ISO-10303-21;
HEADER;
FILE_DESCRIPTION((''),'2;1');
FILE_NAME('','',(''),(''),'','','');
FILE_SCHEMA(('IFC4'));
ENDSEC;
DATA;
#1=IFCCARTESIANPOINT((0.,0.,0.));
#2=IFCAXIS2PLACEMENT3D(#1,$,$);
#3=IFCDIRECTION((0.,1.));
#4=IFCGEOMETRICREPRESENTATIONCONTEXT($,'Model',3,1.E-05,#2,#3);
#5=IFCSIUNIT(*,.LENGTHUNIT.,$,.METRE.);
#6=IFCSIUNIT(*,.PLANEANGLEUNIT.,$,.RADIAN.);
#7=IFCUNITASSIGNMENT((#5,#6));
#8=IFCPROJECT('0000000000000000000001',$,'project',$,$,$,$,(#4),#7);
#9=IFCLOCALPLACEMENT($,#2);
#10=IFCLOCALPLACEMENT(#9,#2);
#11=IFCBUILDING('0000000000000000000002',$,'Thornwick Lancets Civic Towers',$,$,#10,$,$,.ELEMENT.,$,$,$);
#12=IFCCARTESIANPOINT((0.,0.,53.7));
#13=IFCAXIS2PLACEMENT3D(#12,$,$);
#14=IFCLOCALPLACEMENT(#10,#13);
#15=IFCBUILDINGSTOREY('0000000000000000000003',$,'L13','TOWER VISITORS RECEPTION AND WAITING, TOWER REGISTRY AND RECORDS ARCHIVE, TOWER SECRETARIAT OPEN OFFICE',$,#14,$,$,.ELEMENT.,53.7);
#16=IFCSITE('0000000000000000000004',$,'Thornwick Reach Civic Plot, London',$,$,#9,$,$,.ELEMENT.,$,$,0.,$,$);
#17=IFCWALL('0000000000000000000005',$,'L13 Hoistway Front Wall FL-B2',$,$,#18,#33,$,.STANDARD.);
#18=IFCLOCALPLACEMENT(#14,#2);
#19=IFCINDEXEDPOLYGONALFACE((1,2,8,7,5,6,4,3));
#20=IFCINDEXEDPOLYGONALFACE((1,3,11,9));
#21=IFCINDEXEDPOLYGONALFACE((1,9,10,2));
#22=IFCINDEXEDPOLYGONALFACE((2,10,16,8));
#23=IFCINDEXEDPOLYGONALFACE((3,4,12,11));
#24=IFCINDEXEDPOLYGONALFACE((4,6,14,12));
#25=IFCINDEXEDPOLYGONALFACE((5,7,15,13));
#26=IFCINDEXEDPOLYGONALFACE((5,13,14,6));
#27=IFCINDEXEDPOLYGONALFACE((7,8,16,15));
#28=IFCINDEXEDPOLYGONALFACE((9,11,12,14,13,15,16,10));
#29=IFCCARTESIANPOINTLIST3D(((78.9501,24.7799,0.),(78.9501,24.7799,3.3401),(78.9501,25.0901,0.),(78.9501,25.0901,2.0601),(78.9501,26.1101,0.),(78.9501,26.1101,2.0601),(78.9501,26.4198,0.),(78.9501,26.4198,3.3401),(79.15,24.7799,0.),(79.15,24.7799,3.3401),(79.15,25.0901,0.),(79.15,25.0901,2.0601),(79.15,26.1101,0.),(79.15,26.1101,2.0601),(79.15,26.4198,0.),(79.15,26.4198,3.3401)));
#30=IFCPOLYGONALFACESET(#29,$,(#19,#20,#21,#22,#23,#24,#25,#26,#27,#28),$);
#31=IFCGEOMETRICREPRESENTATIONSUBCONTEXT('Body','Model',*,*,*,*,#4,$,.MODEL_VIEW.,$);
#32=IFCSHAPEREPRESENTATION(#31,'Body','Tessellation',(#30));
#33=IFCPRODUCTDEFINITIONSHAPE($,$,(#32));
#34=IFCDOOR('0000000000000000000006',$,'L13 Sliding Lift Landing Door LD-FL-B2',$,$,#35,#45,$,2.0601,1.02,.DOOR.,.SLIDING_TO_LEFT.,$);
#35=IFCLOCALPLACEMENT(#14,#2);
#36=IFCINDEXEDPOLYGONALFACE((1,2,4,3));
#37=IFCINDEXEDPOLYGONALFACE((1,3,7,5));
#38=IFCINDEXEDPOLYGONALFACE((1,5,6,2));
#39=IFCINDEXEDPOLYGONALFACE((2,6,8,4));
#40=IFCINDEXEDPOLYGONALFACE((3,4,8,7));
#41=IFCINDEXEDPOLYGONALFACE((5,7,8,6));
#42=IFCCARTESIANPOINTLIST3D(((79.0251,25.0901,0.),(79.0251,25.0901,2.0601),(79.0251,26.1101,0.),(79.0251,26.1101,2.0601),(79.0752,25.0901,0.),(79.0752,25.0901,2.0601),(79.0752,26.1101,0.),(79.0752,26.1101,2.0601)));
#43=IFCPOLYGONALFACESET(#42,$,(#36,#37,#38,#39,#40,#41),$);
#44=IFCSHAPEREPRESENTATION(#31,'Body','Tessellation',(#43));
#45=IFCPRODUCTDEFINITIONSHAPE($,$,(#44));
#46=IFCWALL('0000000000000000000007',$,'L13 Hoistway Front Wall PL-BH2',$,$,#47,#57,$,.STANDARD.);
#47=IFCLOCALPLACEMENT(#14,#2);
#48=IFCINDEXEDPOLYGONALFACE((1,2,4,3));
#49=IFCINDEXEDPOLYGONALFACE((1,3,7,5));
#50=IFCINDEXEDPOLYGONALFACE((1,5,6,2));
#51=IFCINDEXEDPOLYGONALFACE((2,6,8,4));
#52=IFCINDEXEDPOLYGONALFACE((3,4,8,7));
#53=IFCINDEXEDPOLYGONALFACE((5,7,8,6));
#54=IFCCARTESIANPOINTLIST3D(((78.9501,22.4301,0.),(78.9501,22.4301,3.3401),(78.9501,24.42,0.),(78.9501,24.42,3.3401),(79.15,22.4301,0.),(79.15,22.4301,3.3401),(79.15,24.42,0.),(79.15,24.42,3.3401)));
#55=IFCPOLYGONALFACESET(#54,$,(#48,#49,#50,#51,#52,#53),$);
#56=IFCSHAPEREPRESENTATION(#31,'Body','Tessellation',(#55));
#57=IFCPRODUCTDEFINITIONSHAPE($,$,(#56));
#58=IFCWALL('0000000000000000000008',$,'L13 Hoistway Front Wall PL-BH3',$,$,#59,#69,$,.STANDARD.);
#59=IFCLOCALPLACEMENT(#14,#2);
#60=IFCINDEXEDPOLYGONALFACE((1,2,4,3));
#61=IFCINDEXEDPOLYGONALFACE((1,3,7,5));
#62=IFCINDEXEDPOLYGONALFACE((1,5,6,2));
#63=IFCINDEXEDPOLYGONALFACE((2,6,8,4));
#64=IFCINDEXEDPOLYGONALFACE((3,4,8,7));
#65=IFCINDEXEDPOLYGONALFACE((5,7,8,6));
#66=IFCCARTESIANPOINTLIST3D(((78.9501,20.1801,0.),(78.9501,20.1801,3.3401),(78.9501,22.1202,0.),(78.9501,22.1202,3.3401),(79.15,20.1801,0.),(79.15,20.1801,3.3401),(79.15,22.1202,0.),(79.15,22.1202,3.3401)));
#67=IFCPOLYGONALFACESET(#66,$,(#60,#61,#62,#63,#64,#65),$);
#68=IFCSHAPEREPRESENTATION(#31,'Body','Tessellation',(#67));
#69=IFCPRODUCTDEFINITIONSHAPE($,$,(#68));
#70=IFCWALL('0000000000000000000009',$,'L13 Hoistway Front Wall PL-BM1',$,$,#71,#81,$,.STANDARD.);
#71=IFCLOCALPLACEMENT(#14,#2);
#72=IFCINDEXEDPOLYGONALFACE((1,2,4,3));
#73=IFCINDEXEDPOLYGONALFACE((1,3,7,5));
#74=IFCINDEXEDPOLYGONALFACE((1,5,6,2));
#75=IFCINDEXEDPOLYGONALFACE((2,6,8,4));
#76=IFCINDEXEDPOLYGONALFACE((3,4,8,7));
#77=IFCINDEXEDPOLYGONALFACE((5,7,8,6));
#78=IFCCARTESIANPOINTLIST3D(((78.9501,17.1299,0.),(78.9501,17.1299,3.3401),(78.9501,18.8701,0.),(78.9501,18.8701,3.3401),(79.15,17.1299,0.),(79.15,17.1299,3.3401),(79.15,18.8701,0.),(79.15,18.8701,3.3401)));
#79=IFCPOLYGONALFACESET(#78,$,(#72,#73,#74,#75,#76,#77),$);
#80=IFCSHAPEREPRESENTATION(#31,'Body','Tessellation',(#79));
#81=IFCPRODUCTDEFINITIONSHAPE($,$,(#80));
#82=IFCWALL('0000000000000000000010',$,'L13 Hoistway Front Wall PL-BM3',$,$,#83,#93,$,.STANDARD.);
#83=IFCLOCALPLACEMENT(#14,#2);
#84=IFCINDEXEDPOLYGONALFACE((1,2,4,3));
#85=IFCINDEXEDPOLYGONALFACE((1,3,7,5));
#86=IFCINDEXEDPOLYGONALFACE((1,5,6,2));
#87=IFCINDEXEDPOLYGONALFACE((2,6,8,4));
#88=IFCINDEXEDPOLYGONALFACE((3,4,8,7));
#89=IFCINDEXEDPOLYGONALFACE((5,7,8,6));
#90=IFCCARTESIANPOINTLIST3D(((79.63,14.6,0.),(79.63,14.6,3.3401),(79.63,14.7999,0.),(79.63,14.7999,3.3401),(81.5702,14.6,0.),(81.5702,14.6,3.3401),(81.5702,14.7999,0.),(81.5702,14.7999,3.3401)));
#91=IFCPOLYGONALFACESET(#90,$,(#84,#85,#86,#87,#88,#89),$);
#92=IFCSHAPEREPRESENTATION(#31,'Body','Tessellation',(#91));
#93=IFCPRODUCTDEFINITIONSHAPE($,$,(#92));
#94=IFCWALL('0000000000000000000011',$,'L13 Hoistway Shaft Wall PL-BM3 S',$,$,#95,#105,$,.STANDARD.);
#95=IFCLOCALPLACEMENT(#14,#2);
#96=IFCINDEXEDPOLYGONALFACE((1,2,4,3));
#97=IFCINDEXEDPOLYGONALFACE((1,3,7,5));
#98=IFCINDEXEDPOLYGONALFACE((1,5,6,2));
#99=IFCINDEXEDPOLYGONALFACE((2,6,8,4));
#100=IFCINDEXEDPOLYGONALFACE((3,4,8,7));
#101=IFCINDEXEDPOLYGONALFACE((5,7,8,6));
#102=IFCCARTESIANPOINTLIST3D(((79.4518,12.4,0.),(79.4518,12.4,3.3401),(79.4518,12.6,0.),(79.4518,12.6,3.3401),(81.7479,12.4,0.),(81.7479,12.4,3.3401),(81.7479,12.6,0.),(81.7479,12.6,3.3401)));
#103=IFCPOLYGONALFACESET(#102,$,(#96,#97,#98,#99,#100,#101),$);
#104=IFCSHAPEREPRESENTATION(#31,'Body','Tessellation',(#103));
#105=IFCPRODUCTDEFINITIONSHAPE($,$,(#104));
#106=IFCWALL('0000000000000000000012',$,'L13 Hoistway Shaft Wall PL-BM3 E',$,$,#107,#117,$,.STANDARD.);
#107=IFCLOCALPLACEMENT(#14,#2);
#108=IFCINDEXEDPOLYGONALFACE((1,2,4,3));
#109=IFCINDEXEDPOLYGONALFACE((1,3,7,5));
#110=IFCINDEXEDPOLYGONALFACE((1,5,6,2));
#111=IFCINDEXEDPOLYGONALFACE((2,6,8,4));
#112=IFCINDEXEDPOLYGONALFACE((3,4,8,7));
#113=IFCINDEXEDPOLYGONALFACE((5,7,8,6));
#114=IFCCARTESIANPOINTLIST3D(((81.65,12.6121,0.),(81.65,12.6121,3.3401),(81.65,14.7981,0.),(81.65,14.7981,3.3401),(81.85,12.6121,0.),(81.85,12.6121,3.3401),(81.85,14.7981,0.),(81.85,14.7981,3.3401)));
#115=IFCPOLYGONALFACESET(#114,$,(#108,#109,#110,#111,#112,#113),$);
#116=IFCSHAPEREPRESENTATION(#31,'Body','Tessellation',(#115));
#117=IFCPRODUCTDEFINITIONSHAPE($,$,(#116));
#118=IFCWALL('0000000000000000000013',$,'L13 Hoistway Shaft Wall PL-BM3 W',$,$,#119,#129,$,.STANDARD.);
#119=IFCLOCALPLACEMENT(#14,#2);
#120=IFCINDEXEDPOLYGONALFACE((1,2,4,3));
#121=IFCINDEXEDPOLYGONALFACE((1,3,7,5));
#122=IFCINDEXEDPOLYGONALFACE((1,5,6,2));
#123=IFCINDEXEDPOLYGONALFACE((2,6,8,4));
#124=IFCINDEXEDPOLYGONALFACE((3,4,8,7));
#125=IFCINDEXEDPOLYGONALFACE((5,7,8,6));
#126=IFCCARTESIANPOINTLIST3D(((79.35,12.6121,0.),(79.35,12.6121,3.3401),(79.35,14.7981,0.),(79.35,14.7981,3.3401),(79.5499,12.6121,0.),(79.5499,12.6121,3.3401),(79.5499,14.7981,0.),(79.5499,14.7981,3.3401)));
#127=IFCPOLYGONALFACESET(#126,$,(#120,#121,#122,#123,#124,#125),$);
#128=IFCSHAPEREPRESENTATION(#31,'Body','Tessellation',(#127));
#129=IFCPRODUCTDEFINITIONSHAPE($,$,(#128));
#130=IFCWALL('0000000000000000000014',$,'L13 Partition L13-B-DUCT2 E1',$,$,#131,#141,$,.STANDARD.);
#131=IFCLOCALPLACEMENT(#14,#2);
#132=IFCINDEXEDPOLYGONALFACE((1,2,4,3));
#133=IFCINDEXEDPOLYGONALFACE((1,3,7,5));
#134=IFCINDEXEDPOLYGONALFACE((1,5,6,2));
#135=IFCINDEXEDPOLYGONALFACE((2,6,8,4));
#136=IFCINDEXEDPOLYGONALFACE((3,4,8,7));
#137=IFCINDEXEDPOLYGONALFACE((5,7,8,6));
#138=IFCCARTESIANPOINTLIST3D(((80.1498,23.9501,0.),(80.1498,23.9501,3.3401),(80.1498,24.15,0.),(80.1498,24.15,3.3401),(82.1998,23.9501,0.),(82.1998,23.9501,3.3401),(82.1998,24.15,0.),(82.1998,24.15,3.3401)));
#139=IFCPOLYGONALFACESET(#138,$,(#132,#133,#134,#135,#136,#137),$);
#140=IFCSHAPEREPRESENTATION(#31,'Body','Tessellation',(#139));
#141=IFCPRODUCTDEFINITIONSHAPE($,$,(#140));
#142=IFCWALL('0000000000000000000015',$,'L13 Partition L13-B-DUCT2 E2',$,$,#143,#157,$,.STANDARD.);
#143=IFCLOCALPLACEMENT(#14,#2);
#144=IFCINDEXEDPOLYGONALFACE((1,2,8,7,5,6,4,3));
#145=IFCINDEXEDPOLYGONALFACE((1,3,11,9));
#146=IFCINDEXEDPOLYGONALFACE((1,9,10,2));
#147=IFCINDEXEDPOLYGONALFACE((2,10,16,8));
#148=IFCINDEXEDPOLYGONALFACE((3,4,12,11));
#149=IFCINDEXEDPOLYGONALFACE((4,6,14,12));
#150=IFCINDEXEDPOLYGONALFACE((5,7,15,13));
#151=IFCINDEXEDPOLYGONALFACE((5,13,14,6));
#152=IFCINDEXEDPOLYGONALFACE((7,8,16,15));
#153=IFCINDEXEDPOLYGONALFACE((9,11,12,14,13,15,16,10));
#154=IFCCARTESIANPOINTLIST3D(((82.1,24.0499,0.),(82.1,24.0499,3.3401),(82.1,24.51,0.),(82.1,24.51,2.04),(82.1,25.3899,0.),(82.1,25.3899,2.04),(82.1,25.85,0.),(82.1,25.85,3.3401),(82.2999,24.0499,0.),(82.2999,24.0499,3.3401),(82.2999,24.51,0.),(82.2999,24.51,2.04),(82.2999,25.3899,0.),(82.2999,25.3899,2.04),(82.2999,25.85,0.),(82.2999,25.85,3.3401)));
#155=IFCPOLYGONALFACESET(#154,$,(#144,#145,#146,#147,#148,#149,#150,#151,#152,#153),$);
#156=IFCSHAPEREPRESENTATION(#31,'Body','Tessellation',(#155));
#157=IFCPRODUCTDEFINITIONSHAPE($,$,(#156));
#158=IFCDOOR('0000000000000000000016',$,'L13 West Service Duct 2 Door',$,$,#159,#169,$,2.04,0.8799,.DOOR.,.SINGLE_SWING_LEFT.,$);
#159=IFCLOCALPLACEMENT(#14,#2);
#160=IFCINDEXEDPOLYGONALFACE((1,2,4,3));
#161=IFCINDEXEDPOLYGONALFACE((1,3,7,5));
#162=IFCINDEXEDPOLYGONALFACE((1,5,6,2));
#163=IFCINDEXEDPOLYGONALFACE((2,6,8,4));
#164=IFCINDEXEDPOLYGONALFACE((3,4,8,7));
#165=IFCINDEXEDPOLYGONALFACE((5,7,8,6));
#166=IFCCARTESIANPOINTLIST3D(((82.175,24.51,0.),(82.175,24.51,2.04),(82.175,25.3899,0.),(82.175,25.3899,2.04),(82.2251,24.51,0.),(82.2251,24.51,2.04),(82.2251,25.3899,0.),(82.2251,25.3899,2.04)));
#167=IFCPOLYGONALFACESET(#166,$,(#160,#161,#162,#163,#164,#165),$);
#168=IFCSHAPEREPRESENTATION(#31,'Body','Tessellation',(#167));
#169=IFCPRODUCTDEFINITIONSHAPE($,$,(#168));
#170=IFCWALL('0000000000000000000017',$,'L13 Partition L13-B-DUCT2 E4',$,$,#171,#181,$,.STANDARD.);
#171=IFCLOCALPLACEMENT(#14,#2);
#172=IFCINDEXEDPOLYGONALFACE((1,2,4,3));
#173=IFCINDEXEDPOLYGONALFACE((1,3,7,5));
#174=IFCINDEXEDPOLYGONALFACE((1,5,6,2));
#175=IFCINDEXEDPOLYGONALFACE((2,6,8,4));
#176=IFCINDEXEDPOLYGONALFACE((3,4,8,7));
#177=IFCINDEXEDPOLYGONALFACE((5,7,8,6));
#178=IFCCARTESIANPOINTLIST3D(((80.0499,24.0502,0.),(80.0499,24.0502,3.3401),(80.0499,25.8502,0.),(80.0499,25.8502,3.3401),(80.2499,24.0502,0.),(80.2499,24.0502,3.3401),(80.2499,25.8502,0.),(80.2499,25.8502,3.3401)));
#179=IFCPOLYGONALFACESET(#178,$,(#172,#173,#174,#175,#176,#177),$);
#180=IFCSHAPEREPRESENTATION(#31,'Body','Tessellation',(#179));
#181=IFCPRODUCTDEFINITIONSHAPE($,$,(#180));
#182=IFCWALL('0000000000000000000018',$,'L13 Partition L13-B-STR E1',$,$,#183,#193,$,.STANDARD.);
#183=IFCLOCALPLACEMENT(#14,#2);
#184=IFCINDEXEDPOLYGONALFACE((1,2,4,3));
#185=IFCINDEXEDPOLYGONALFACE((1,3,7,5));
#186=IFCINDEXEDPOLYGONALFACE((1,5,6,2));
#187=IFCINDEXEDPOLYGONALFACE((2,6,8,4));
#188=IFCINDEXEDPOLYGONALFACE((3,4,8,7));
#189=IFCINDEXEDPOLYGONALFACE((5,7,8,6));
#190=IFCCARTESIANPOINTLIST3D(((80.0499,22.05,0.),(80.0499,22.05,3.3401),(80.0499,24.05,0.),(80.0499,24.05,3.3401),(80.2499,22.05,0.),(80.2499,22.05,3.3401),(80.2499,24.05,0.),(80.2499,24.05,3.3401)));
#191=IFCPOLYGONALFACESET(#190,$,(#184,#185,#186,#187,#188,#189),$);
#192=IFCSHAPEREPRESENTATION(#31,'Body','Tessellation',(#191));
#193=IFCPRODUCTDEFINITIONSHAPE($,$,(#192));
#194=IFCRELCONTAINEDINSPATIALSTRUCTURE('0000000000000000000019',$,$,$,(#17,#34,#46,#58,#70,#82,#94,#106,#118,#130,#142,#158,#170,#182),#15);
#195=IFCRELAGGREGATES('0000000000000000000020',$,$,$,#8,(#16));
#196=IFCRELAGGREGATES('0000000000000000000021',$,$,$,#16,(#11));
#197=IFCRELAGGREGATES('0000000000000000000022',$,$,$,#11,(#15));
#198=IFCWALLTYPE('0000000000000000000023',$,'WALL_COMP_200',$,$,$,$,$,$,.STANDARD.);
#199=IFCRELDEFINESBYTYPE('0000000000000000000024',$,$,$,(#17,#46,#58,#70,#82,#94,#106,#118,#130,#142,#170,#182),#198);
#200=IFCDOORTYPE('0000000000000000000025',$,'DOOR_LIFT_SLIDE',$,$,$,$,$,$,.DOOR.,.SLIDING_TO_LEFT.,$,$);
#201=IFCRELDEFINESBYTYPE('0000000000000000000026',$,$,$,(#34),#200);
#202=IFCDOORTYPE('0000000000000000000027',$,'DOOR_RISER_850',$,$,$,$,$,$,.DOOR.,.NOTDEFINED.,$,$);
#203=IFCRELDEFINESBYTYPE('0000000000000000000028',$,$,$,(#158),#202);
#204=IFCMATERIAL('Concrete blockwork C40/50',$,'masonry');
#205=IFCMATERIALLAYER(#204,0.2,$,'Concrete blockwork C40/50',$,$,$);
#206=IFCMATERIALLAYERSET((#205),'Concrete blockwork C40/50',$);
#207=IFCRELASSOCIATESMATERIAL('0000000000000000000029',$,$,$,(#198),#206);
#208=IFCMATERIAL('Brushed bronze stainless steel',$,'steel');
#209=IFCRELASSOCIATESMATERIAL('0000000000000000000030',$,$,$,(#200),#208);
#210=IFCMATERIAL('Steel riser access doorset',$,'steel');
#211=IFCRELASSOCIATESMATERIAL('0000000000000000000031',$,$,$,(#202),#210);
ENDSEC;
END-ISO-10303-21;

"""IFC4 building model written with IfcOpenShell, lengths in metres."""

from ifc_helpers import new_model, si_unit, direction, frame, frame_2d, origin, place, context, subcontext, project, spatial, rectangle, extrude, material, layer, layer_set, type_object, element, fill, save


model = new_model("IFC4")

# Units and contexts
model_context = context("Model", 3, precision=1e-05, world=origin(), true_north=direction((0.0, 1.0)))
body_context = subcontext(model_context, "Body", "Model", "MODEL_VIEW")
ifc_project = project(units=[si_unit("LENGTHUNIT", "METRE"), si_unit("PLANEANGLEUNIT", "RADIAN")], contexts=[model_context])

# Site, building, storey
site_placement = place(None, origin())
site = spatial("IfcSite", under=ifc_project, at=site_placement, Name="Thornwick Reach Civic Plot, London", CompositionType="ELEMENT", RefElevation=0.0)
building_placement = place(site_placement, origin())
building = spatial("IfcBuilding", under=site, at=building_placement, Name="Thornwick Lancets Civic Towers", CompositionType="ELEMENT")
storey_placement = place(building_placement, frame((0.0, 0.0, 53.7)))
storey = spatial("IfcBuildingStorey", under=building, at=storey_placement, Name="L13", Description="TOWER VISITORS RECEPTION AND WAITING, TOWER REGISTRY AND RECORDS ARCHIVE, TOWER SECRETARIAT OPEN OFFICE", CompositionType="ELEMENT", Elevation=53.7)

# Wall, opening, door
ifc_material_1 = material(Name="Concrete blockwork C40/50", Category="masonry")
ifc_layer_1 = layer(ifc_material_1, 0.2, Name="Concrete blockwork C40/50")
ifc_layer_set_1 = layer_set([ifc_layer_1], Name="Concrete blockwork C40/50")
wall_type_1 = type_object("IfcWallType", Name="WALL_COMP_200", PredefinedType="STANDARD", material=ifc_layer_set_1)
wall_1_placement = place(storey_placement, frame((79.05, 24.78, 0.0), z_axis=(0.0, 0.0, 1.0), x_axis=(0.0, 1.0, 0.0)))
wall_1 = element("IfcWall", 1, at=wall_1_placement, inside=storey, type_object=wall_type_1, Name="L13 Hoistway Front Wall FL-B2", PredefinedType="STANDARD", context=body_context, shape_type="SweptSolid", body=[
    extrude(rectangle(XDim=1.6399, YDim=0.2, at=frame_2d((0.8198, 0.0))), origin(), (0.0, 0.0, 1.0), 3.3401),
])
opening_1_placement = place(wall_1_placement, frame((0.3101, 0.0, 0.0)))
opening_1 = element("IfcOpeningElement", 2, at=opening_1_placement, cuts=wall_1, PredefinedType="OPENING", context=body_context, shape_type="SweptSolid", body=[
    extrude(rectangle(XDim=1.02, YDim=2.0601, at=frame_2d((0.51, 1.03))), frame((0.0, 0.1099, 0.0), z_axis=(0.0, -1.0, 0.0), x_axis=(1.0, 0.0, 0.0)), (0.0, 0.0, 1.0), 0.22),
])
ifc_material_2 = material(Name="Brushed bronze stainless steel", Category="steel")
door_type_1 = type_object("IfcDoorType", Name="DOOR_LIFT_SLIDE", OperationType="SLIDING_TO_LEFT", PredefinedType="DOOR", material=ifc_material_2)
door_1_placement = place(opening_1_placement, origin())
door_1 = element("IfcDoor", 3, at=door_1_placement, inside=storey, type_object=door_type_1, Name="L13 Sliding Lift Landing Door LD-FL-B2", OperationType="SLIDING_TO_LEFT", OverallHeight=2.0601, OverallWidth=1.02, PredefinedType="DOOR", context=body_context, shape_type="SweptSolid", body=[
    extrude(rectangle(XDim=1.02, YDim=2.0601, at=frame_2d((0.51, 1.03))), frame((0.0, 0.0249, 0.0), z_axis=(0.0, -1.0, 0.0), x_axis=(1.0, 0.0, 0.0)), (0.0, 0.0, 1.0), 0.05),
])
fill(opening_1, door_1)

# Walls
wall_2_placement = place(storey_placement, frame((79.05, 22.4299, 0.0), z_axis=(0.0, 0.0, 1.0), x_axis=(0.0, 1.0, 0.0)))
element("IfcWall", 4, at=wall_2_placement, inside=storey, type_object=wall_type_1, Name="L13 Hoistway Front Wall PL-BH2", PredefinedType="STANDARD", context=body_context, shape_type="SweptSolid", body=[
    extrude(rectangle(XDim=1.99, YDim=0.2, at=frame_2d((0.9951, 0.0))), origin(), (0.0, 0.0, 1.0), 3.3401),
])
wall_3_placement = place(storey_placement, frame((79.05, 20.1799, 0.0), z_axis=(0.0, 0.0, 1.0), x_axis=(0.0, 1.0, 0.0)))
element("IfcWall", 5, at=wall_3_placement, inside=storey, type_object=wall_type_1, Name="L13 Hoistway Front Wall PL-BH3", PredefinedType="STANDARD", context=body_context, shape_type="SweptSolid", body=[
    extrude(rectangle(XDim=1.9402, YDim=0.2, at=frame_2d((0.9702, 0.0))), origin(), (0.0, 0.0, 1.0), 3.3401),
])
wall_4_placement = place(storey_placement, frame((79.05, 17.1299, 0.0), z_axis=(0.0, 0.0, 1.0), x_axis=(0.0, 1.0, 0.0)))
element("IfcWall", 6, at=wall_4_placement, inside=storey, type_object=wall_type_1, Name="L13 Hoistway Front Wall PL-BM1", PredefinedType="STANDARD", context=body_context, shape_type="SweptSolid", body=[
    extrude(rectangle(XDim=1.7402, YDim=0.2, at=frame_2d((0.8701, 0.0))), origin(), (0.0, 0.0, 1.0), 3.3401),
])
wall_5_placement = place(storey_placement, frame((79.6299, 14.7, 0.0), z_axis=(0.0, 0.0, 1.0), x_axis=(1.0, 0.0, 0.0)))
element("IfcWall", 7, at=wall_5_placement, inside=storey, type_object=wall_type_1, Name="L13 Hoistway Front Wall PL-BM3", PredefinedType="STANDARD", context=body_context, shape_type="SweptSolid", body=[
    extrude(rectangle(XDim=1.9402, YDim=0.2, at=frame_2d((0.9702, 0.0))), origin(), (0.0, 0.0, 1.0), 3.3401),
])
wall_6_placement = place(storey_placement, frame((79.4519, 12.5, 0.0), z_axis=(0.0, 0.0, 1.0), x_axis=(1.0, 0.0, 0.0)))
element("IfcWall", 8, at=wall_6_placement, inside=storey, type_object=wall_type_1, Name="L13 Hoistway Shaft Wall PL-BM3 S", PredefinedType="STANDARD", context=body_context, shape_type="SweptSolid", body=[
    extrude(rectangle(XDim=2.2961, YDim=0.2, at=frame_2d((1.1479, 0.0))), origin(), (0.0, 0.0, 1.0), 3.3401),
])
for number, where, z_axis, x_axis, name in (
    (9, (81.75, 12.6121, 0.0), (0.0, 0.0, 1.0), (0.0, 1.0, 0.0), "L13 Hoistway Shaft Wall PL-BM3 E"),
    (10, (79.45, 12.6121, 0.0), (0.0, 0.0, 1.0), (0.0, 1.0, 0.0), "L13 Hoistway Shaft Wall PL-BM3 W"),
):
    element("IfcWall", number, at=place(storey_placement, frame(where, z_axis=z_axis, x_axis=x_axis)), inside=storey, type_object=wall_type_1, Name=name, PredefinedType="STANDARD", context=body_context, shape_type="SweptSolid", body=[
        extrude(rectangle(XDim=2.186, YDim=0.2, at=frame_2d((1.093, 0.0))), origin(), (0.0, 0.0, 1.0), 3.3401),
    ])
wall_7_placement = place(storey_placement, frame((80.1499, 24.05, 0.0), z_axis=(0.0, 0.0, 1.0), x_axis=(1.0, 0.0, 0.0)))
element("IfcWall", 11, at=wall_7_placement, inside=storey, type_object=wall_type_1, Name="L13 Partition L13-B-DUCT2 E1", PredefinedType="STANDARD", context=body_context, shape_type="SweptSolid", body=[
    extrude(rectangle(XDim=2.05, YDim=0.2, at=frame_2d((1.0249, 0.0))), origin(), (0.0, 0.0, 1.0), 3.3401),
])

# Wall, opening, door
wall_8_placement = place(storey_placement, frame((82.2, 24.05, 0.0), z_axis=(0.0, 0.0, 1.0), x_axis=(0.0, 1.0, 0.0)))
wall_8 = element("IfcWall", 12, at=wall_8_placement, inside=storey, type_object=wall_type_1, Name="L13 Partition L13-B-DUCT2 E2", PredefinedType="STANDARD", context=body_context, shape_type="SweptSolid", body=[
    extrude(rectangle(XDim=1.8, YDim=0.2, at=frame_2d((0.8999, 0.0))), origin(), (0.0, 0.0, 1.0), 3.3401),
])
opening_2_placement = place(wall_8_placement, frame((0.46, 0.0, 0.0)))
opening_2 = element("IfcOpeningElement", 13, at=opening_2_placement, cuts=wall_8, PredefinedType="OPENING", context=body_context, shape_type="SweptSolid", body=[
    extrude(rectangle(XDim=0.8799, YDim=2.04, at=frame_2d((0.4399, 1.02))), frame((0.0, 0.1099, 0.0), z_axis=(0.0, -1.0, 0.0), x_axis=(1.0, 0.0, 0.0)), (0.0, 0.0, 1.0), 0.22),
])
ifc_material_3 = material(Name="Steel riser access doorset", Category="steel")
door_type_2 = type_object("IfcDoorType", Name="DOOR_RISER_850", OperationType="NOTDEFINED", PredefinedType="DOOR", material=ifc_material_3)
door_2_placement = place(opening_2_placement, origin())
door_2 = element("IfcDoor", 14, at=door_2_placement, inside=storey, type_object=door_type_2, Name="L13 West Service Duct 2 Door", OperationType="SINGLE_SWING_LEFT", OverallHeight=2.04, OverallWidth=0.8799, PredefinedType="DOOR", context=body_context, shape_type="SweptSolid", body=[
    extrude(rectangle(XDim=0.8799, YDim=2.04, at=frame_2d((0.4399, 1.02))), frame((0.0, 0.0249, 0.0), z_axis=(0.0, -1.0, 0.0), x_axis=(1.0, 0.0, 0.0)), (0.0, 0.0, 1.0), 0.05),
])
fill(opening_2, door_2)

# Walls
wall_9_placement = place(storey_placement, frame((80.1499, 25.8501, 0.0), z_axis=(0.0, 0.0, 1.0), x_axis=(0.0, -1.0, 0.0)))
element("IfcWall", 15, at=wall_9_placement, inside=storey, type_object=wall_type_1, Name="L13 Partition L13-B-DUCT2 E4", PredefinedType="STANDARD", context=body_context, shape_type="SweptSolid", body=[
    extrude(rectangle(XDim=1.8, YDim=0.2, at=frame_2d((0.8999, 0.0))), origin(), (0.0, 0.0, 1.0), 3.3401),
])
wall_10_placement = place(storey_placement, frame((80.1499, 22.05, 0.0), z_axis=(0.0, 0.0, 1.0), x_axis=(0.0, 1.0, 0.0)))
element("IfcWall", 16, at=wall_10_placement, inside=storey, type_object=wall_type_1, Name="L13 Partition L13-B-STR E1", PredefinedType="STANDARD", context=body_context, shape_type="SweptSolid", body=[
    extrude(rectangle(XDim=2.0, YDim=0.2, at=frame_2d((1.0, 0.0))), origin(), (0.0, 0.0, 1.0), 3.3401),
])

save(model, "model.ifc")
